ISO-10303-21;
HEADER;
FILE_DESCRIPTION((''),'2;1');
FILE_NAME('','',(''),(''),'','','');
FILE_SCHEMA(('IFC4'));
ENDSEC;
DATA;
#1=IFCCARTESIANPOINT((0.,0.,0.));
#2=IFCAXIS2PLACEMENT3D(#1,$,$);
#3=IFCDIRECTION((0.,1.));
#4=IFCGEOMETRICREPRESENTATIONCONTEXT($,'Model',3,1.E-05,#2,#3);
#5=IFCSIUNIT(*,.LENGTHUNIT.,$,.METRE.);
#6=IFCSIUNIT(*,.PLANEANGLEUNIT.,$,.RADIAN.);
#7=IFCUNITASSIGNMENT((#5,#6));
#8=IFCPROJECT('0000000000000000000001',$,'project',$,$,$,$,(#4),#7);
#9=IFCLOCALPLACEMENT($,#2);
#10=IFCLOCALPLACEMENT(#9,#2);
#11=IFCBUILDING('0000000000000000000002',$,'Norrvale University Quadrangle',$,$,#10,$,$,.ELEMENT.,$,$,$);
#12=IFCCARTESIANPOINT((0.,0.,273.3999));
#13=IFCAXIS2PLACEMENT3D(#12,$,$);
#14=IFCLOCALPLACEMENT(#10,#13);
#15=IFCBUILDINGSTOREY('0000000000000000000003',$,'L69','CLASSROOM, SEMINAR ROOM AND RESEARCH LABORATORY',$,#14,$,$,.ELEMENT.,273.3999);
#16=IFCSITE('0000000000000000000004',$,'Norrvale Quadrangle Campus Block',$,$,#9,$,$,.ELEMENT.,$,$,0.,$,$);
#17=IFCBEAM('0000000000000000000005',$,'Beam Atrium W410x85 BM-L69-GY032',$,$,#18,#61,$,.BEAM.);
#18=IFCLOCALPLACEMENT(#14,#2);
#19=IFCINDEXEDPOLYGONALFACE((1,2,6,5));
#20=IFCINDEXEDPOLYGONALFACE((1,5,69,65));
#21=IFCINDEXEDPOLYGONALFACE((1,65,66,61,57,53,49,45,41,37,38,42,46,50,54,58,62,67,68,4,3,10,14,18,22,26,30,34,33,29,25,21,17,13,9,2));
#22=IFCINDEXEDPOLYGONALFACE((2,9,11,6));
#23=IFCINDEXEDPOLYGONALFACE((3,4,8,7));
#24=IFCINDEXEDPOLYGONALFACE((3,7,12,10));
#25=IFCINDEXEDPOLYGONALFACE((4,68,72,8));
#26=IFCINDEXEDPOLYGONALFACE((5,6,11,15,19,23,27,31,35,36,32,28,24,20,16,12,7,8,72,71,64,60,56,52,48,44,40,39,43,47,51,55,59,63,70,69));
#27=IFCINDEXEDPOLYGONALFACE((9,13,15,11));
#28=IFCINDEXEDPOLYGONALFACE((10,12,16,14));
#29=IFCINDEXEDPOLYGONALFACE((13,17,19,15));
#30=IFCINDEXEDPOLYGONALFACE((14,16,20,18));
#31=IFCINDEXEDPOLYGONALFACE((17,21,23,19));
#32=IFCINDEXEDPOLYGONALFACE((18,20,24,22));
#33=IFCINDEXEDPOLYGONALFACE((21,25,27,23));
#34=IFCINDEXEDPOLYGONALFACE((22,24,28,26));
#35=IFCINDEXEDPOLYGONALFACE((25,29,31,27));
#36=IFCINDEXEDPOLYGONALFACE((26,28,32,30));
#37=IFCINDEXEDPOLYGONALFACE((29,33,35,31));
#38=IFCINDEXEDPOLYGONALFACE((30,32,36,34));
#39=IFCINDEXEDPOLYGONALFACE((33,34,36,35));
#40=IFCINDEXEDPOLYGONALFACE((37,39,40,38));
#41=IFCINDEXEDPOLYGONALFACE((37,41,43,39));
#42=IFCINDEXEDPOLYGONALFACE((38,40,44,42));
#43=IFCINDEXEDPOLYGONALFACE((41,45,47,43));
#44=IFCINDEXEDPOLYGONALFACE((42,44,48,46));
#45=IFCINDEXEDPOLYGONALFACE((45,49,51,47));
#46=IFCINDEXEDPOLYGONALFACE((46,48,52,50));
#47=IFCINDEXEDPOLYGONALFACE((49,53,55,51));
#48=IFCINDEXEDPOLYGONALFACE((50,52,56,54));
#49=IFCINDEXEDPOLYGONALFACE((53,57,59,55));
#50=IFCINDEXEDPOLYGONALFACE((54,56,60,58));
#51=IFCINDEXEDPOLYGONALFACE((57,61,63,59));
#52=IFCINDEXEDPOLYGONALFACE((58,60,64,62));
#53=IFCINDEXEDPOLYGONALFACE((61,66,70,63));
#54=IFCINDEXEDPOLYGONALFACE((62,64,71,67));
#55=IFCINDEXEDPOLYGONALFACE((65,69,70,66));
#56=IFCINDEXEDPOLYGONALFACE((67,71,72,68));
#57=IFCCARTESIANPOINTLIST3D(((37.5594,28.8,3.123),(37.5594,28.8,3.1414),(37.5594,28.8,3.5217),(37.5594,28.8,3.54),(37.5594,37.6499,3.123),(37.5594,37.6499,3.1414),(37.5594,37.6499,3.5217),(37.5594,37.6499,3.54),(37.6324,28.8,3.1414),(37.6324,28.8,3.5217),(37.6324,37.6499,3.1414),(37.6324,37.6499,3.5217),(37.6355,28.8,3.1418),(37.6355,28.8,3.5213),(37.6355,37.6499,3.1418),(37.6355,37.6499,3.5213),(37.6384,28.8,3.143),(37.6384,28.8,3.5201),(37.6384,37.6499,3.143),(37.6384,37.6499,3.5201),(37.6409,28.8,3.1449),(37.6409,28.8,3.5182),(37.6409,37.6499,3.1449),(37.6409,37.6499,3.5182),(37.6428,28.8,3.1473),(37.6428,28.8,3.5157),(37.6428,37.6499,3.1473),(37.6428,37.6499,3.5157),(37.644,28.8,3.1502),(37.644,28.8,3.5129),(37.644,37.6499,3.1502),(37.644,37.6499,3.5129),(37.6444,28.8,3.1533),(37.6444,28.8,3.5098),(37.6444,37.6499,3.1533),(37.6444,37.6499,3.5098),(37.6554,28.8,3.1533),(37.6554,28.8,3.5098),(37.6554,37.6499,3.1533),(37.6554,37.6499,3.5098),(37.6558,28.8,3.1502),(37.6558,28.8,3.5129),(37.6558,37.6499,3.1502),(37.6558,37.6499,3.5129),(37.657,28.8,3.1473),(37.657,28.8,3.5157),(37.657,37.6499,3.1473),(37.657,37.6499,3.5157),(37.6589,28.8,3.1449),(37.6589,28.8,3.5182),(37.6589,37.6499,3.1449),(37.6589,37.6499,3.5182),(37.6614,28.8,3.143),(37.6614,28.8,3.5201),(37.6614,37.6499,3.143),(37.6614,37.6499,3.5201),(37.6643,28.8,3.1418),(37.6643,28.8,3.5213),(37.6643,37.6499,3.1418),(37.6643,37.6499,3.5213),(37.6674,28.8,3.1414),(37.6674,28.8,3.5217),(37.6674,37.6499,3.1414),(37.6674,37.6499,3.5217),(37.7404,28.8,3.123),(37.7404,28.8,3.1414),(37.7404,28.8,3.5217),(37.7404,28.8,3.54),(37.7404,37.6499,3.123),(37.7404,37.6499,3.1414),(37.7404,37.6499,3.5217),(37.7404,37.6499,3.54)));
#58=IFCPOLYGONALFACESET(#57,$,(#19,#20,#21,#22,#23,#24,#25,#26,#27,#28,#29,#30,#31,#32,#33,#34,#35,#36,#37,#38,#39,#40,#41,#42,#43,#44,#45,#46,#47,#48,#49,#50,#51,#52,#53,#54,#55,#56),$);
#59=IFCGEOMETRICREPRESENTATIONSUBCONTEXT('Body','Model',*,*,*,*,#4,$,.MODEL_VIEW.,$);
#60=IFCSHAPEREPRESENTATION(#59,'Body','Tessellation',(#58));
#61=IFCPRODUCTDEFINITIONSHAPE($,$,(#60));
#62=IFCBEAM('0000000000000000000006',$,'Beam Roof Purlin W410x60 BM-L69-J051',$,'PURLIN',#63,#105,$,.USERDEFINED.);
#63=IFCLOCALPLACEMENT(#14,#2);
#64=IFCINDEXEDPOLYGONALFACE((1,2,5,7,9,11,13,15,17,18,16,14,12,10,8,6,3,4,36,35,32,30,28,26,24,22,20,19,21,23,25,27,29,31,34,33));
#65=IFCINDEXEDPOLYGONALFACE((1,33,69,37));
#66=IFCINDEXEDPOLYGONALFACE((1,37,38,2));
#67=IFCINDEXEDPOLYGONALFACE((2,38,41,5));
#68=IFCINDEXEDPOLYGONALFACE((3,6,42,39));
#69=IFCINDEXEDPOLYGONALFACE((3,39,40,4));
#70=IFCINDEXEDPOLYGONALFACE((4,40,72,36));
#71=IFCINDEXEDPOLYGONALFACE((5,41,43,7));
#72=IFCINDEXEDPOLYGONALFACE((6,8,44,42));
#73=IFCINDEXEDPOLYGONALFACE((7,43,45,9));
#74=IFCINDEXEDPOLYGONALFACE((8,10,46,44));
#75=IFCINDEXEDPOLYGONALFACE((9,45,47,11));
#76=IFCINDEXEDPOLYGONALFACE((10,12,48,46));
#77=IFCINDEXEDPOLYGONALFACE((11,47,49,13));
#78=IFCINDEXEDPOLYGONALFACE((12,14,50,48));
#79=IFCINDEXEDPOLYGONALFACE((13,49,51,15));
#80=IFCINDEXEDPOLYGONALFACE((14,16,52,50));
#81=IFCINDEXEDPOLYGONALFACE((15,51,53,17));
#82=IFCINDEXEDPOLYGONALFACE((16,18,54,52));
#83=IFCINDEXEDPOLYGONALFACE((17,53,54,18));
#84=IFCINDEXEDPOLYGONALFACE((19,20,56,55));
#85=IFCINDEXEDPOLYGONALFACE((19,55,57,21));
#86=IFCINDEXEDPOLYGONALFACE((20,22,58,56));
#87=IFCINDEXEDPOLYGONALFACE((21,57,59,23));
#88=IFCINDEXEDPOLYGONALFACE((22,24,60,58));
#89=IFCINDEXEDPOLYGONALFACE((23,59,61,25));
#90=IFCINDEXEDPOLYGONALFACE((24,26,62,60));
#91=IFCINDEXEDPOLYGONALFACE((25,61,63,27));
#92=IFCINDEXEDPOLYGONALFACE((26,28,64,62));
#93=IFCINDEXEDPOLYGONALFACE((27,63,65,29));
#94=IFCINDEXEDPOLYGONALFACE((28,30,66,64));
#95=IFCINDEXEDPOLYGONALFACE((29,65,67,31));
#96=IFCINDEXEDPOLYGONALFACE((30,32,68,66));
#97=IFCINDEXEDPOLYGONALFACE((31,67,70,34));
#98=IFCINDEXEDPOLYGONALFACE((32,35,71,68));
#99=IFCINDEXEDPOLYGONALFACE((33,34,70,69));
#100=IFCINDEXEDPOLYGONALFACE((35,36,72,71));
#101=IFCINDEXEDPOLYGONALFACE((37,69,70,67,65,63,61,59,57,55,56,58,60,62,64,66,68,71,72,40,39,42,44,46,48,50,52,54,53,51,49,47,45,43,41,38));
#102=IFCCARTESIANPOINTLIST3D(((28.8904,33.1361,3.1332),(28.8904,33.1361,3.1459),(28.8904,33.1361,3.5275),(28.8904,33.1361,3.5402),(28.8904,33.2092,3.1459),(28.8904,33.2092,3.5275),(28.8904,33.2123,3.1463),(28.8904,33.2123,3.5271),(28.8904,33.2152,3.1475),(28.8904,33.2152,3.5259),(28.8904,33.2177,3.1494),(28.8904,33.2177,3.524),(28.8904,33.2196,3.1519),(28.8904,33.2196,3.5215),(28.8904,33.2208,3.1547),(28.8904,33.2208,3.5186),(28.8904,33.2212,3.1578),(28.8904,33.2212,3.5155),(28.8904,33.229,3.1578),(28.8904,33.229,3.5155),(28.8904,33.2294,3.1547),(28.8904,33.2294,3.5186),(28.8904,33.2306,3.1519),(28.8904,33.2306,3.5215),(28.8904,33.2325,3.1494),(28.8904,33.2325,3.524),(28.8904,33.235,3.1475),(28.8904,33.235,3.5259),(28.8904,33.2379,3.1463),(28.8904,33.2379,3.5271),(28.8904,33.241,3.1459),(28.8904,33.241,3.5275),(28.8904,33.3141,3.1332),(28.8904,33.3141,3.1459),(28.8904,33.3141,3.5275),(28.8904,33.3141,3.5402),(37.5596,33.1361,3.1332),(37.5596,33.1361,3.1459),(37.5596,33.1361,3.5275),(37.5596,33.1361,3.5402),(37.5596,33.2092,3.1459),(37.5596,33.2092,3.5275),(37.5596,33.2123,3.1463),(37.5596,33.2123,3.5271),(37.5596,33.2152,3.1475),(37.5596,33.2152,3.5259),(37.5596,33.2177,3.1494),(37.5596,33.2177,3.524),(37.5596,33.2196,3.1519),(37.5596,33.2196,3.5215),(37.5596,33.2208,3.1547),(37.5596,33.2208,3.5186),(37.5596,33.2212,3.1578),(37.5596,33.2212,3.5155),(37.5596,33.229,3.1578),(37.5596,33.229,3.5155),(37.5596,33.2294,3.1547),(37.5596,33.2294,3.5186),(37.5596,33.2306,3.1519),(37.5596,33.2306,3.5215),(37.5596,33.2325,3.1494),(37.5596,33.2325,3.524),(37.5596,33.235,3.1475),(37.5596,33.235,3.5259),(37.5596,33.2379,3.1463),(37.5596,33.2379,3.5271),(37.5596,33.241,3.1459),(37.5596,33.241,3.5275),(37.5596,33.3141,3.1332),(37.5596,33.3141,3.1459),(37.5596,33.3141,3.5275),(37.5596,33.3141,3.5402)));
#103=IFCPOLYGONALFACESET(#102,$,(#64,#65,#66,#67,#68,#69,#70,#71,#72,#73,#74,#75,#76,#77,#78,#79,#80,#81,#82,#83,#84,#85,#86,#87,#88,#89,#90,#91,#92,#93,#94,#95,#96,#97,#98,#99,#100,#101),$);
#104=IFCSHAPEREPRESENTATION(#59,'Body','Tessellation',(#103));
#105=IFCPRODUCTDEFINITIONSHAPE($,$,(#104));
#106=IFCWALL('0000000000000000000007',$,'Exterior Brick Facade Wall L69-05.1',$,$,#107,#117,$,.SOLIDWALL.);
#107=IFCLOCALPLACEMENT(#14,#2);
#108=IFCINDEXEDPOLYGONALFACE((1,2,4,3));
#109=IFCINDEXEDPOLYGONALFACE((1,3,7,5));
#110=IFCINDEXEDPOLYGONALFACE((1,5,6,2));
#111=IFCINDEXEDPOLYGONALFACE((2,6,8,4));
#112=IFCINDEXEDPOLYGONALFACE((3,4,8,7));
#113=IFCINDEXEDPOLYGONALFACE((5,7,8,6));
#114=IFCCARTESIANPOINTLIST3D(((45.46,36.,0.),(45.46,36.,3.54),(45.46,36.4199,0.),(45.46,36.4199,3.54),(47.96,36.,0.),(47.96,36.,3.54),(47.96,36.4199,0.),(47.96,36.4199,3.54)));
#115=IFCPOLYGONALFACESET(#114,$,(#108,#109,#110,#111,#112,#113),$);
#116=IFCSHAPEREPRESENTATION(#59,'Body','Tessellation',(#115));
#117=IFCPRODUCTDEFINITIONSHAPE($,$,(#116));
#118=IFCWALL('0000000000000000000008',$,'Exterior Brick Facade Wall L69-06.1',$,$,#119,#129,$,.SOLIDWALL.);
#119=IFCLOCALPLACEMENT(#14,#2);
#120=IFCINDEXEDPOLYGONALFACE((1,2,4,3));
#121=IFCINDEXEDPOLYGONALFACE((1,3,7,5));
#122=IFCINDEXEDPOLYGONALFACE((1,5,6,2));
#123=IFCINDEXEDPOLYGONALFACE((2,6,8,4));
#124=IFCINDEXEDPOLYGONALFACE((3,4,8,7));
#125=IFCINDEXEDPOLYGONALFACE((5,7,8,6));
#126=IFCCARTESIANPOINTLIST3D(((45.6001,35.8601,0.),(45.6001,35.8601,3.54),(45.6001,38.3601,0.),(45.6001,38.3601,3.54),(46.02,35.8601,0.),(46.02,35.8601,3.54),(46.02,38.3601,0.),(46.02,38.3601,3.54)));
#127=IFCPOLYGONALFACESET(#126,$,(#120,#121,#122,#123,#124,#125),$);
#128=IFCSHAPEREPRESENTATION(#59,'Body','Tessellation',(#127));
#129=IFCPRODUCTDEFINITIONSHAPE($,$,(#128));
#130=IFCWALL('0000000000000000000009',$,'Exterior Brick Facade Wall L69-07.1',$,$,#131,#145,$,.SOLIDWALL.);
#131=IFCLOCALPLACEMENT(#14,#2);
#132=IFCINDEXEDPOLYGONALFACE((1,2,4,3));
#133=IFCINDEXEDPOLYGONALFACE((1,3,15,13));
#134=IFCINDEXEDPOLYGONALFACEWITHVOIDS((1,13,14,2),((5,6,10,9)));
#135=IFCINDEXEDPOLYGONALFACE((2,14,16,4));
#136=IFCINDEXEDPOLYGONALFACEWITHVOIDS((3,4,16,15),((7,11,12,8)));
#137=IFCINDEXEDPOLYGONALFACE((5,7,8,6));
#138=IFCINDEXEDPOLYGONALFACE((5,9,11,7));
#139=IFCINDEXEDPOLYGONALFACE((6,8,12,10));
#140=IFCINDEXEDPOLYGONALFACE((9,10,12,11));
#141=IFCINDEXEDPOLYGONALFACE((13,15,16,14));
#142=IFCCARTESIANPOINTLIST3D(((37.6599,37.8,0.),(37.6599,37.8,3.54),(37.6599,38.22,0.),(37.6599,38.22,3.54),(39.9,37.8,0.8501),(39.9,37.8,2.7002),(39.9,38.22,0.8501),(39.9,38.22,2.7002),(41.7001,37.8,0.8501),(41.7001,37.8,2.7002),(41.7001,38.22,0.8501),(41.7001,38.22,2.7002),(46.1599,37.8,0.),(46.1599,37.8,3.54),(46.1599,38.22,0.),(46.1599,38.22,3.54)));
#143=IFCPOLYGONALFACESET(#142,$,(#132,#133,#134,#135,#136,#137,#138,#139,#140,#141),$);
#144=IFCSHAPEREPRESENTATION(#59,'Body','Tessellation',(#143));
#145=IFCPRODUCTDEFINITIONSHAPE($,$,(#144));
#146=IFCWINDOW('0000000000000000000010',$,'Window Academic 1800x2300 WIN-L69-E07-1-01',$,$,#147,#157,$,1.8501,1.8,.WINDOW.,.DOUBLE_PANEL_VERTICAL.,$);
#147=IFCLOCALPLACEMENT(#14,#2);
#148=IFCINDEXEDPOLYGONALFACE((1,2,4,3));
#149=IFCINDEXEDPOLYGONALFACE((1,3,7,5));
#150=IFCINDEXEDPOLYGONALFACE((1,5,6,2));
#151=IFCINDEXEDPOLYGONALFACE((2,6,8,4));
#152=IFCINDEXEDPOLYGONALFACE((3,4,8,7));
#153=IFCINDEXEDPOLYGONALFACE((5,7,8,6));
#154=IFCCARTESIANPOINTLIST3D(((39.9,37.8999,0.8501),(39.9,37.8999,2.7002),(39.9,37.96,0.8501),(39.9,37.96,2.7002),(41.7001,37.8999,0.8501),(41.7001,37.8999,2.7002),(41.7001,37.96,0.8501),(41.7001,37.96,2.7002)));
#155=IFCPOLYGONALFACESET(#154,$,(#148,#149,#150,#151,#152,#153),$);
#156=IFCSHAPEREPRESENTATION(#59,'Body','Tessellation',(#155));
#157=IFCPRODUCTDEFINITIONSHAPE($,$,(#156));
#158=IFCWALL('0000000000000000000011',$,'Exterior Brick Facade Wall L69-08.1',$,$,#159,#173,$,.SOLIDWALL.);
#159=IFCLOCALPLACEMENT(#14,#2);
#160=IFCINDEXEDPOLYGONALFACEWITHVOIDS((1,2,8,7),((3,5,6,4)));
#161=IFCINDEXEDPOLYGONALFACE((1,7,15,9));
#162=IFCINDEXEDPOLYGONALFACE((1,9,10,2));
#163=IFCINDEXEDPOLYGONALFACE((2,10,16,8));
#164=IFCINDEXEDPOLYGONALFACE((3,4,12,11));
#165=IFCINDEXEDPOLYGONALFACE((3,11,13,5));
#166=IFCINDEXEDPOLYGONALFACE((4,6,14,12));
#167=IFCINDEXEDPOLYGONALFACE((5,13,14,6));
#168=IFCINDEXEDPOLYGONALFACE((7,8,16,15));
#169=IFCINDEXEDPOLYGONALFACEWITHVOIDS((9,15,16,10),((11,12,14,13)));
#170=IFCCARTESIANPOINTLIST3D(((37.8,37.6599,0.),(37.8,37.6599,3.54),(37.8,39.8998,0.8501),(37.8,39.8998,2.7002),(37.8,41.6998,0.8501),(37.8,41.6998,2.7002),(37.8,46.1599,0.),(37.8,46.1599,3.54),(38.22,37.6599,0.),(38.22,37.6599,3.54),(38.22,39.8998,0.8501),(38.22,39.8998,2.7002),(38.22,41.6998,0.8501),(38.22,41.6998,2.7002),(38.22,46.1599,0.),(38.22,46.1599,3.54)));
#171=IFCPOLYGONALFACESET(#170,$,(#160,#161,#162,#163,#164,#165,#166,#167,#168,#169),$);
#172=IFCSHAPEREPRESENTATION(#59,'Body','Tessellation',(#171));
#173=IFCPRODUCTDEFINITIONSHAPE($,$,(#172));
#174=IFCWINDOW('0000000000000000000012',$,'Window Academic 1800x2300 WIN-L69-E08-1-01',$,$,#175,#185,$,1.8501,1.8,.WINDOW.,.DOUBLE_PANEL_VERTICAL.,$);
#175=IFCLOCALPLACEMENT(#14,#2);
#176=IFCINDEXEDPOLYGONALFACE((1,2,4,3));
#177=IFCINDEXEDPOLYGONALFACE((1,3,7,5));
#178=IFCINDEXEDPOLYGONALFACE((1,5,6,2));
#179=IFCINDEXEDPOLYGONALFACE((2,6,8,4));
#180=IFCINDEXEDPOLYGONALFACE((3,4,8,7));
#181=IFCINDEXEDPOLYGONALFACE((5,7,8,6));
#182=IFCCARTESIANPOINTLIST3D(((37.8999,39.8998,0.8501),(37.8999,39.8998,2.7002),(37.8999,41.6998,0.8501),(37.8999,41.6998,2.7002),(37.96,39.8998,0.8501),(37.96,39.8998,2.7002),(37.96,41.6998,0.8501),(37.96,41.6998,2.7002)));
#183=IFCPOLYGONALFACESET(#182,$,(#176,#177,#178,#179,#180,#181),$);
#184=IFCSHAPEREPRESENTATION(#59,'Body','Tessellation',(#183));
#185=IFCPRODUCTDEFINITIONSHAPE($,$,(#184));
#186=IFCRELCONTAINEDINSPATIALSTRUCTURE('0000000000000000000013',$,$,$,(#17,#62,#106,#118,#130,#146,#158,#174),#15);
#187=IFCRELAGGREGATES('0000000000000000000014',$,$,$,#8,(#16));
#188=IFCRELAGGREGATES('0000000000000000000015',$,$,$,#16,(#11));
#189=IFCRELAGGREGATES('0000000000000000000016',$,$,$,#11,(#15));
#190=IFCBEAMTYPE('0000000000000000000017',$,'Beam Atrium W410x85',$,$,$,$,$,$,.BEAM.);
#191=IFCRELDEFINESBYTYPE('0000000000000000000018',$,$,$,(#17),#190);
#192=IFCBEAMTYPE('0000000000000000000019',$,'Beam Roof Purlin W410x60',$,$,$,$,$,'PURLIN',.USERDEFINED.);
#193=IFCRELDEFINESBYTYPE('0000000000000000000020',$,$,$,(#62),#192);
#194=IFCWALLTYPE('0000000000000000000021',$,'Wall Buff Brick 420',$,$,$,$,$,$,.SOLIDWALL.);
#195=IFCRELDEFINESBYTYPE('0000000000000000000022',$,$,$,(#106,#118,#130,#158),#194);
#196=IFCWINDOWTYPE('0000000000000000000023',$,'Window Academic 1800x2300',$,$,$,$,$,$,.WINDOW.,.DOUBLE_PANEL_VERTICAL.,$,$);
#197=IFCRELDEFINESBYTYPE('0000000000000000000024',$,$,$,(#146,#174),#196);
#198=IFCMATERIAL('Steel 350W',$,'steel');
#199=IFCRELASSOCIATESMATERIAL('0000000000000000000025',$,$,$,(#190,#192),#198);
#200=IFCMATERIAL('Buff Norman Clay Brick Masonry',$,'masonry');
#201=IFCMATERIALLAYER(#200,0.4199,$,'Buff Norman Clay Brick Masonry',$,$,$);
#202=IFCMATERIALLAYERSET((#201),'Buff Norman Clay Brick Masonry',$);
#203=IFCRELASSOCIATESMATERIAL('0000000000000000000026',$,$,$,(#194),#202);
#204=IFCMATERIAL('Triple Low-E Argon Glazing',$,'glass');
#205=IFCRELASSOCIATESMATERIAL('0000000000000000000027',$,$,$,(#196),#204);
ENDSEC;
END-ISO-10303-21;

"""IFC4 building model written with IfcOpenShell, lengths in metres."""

from ifc_helpers import new_model, si_unit, direction, frame, frame_2d, origin, origin_2d, place, context, subcontext, project, spatial, rectangle, i_section, extrude, material, layer, layer_set, material_profile, profile_set, type_object, element, fill, save


model = new_model("IFC4")

# Units and contexts
model_context = context("Model", 3, precision=1e-05, world=origin(), true_north=direction((0.0, 1.0)))
body_context = subcontext(model_context, "Body", "Model", "MODEL_VIEW")
ifc_project = project(units=[si_unit("LENGTHUNIT", "METRE"), si_unit("PLANEANGLEUNIT", "RADIAN")], contexts=[model_context])

# Site, building, storey
site_placement = place(None, origin())
site = spatial("IfcSite", under=ifc_project, at=site_placement, Name="Norrvale Quadrangle Campus Block", CompositionType="ELEMENT", RefElevation=0.0)
building_placement = place(site_placement, origin())
building = spatial("IfcBuilding", under=site, at=building_placement, Name="Norrvale University Quadrangle", CompositionType="ELEMENT")
storey_placement = place(building_placement, frame((0.0, 0.0, 273.3999)))
storey = spatial("IfcBuildingStorey", under=building, at=storey_placement, Name="L69", Description="CLASSROOM, SEMINAR ROOM AND RESEARCH LABORATORY", CompositionType="ELEMENT", Elevation=273.3999)

# Beams
ifc_material_1 = material(Name="Steel 350W", Category="steel")
ifc_material_profile_1 = material_profile(ifc_material_1, i_section(OverallWidth=0.1809, OverallDepth=0.417, WebThickness=0.011, FlangeThickness=0.0183, FilletRadius=0.012, at=origin_2d()), Name="Steel 350W")
ifc_profile_set_1 = profile_set([ifc_material_profile_1], Name="Steel 350W")
beam_type_1 = type_object("IfcBeamType", Name="Beam Atrium W410x85", PredefinedType="BEAM", material=ifc_profile_set_1)
beam_1_placement = place(storey_placement, frame((37.6499, 28.8, 3.3315), z_axis=(0.0, 1.0, 0.0), x_axis=(-1.0, 0.0, 0.0)))
element("IfcBeam", 1, at=beam_1_placement, inside=storey, type_object=beam_type_1, Name="Beam Atrium W410x85 BM-L69-GY032", PredefinedType="BEAM", context=body_context, shape_type="SweptSolid", body=[
    extrude(i_section(OverallWidth=0.1809, OverallDepth=0.417, WebThickness=0.011, FlangeThickness=0.0183, FilletRadius=0.012, at=origin_2d()), origin(), (0.0, 0.0, 1.0), 8.8499),
])
ifc_material_profile_2 = material_profile(ifc_material_1, i_section(OverallWidth=0.178, OverallDepth=0.407, WebThickness=0.0078, FlangeThickness=0.0127, FilletRadius=0.012, at=origin_2d()), Name="Steel 350W")
ifc_profile_set_2 = profile_set([ifc_material_profile_2], Name="Steel 350W")
beam_type_2 = type_object("IfcBeamType", Name="Beam Roof Purlin W410x60", ElementType="PURLIN", PredefinedType="USERDEFINED", material=ifc_profile_set_2)
beam_2_placement = place(storey_placement, frame((28.8904, 33.2251, 3.3367), z_axis=(1.0, 0.0, 0.0), x_axis=(0.0, 1.0, 0.0)))
element("IfcBeam", 2, at=beam_2_placement, inside=storey, type_object=beam_type_2, Name="Beam Roof Purlin W410x60 BM-L69-J051", ObjectType="PURLIN", PredefinedType="USERDEFINED", context=body_context, shape_type="SweptSolid", body=[
    extrude(i_section(OverallWidth=0.178, OverallDepth=0.407, WebThickness=0.0078, FlangeThickness=0.0127, FilletRadius=0.012, at=origin_2d()), origin(), (0.0, 0.0, 1.0), 8.6692),
])

# Walls
ifc_material_2 = material(Name="Buff Norman Clay Brick Masonry", Category="masonry")
ifc_layer = layer(ifc_material_2, 0.4199, Name="Buff Norman Clay Brick Masonry")
ifc_layer_set = layer_set([ifc_layer], Name="Buff Norman Clay Brick Masonry")
wall_type = type_object("IfcWallType", Name="Wall Buff Brick 420", PredefinedType="SOLIDWALL", material=ifc_layer_set)
for number, where, z_axis, x_axis, name in (
    (3, (47.96, 36.21, 0.0), (0.0, 0.0, 1.0), (-1.0, 0.0, 0.0), "Exterior Brick Facade Wall L69-05.1"),
    (4, (45.8101, 35.8601, 0.0), (0.0, 0.0, 1.0), (0.0, 1.0, 0.0), "Exterior Brick Facade Wall L69-06.1"),
):
    element("IfcWall", number, at=place(storey_placement, frame(where, z_axis=z_axis, x_axis=x_axis)), inside=storey, type_object=wall_type, Name=name, PredefinedType="SOLIDWALL", context=body_context, shape_type="SweptSolid", body=[
        extrude(rectangle(XDim=2.5, YDim=0.4199, at=frame_2d((1.25, 0.0))), origin(), (0.0, 0.0, 1.0), 3.54),
    ])

# Walls, openings, windows
wall_1_placement = place(storey_placement, frame((46.1599, 38.01, 0.0), z_axis=(0.0, 0.0, 1.0), x_axis=(-1.0, 0.0, 0.0)))
wall_1 = element("IfcWall", 5, at=wall_1_placement, inside=storey, type_object=wall_type, Name="Exterior Brick Facade Wall L69-07.1", PredefinedType="SOLIDWALL", context=body_context, shape_type="SweptSolid", body=[
    extrude(rectangle(XDim=8.5, YDim=0.4199, at=frame_2d((4.25, 0.0))), origin(), (0.0, 0.0, 1.0), 3.54),
])
opening_1_placement = place(wall_1_placement, frame((4.46, 0.0, 0.8501)))
opening_1 = element("IfcOpeningElement", 6, at=opening_1_placement, cuts=wall_1, PredefinedType="OPENING", context=body_context, shape_type="SweptSolid", body=[
    extrude(rectangle(XDim=1.8, YDim=1.8501, at=frame_2d((0.8999, 0.925))), frame((0.0, 0.2219, 0.0), z_axis=(0.0, -1.0, 0.0), x_axis=(1.0, 0.0, 0.0)), (0.0, 0.0, 1.0), 0.4438),
])
ifc_material_3 = material(Name="Triple Low-E Argon Glazing", Category="glass")
window_type_1 = type_object("IfcWindowType", Name="Window Academic 1800x2300", PartitioningType="DOUBLE_PANEL_VERTICAL", PredefinedType="WINDOW", material=ifc_material_3)
window_1_placement = place(opening_1_placement, origin())
window_1 = element("IfcWindow", 7, at=window_1_placement, inside=storey, type_object=window_type_1, Name="Window Academic 1800x2300 WIN-L69-E07-1-01", OverallHeight=1.8501, OverallWidth=1.8, PartitioningType="DOUBLE_PANEL_VERTICAL", PredefinedType="WINDOW", context=body_context, shape_type="SweptSolid", body=[
    extrude(rectangle(XDim=1.8, YDim=1.8501, at=frame_2d((0.8999, 0.925))), frame((0.0, 0.1101, 0.0), z_axis=(0.0, -1.0, 0.0), x_axis=(1.0, 0.0, 0.0)), (0.0, 0.0, 1.0), 0.0601),
])
fill(opening_1, window_1)
wall_2_placement = place(storey_placement, frame((38.01, 37.6599, 0.0), z_axis=(0.0, 0.0, 1.0), x_axis=(0.0, 1.0, 0.0)))
wall_2 = element("IfcWall", 8, at=wall_2_placement, inside=storey, type_object=wall_type, Name="Exterior Brick Facade Wall L69-08.1", PredefinedType="SOLIDWALL", context=body_context, shape_type="SweptSolid", body=[
    extrude(rectangle(XDim=8.5, YDim=0.4199, at=frame_2d((4.25, 0.0))), origin(), (0.0, 0.0, 1.0), 3.54),
])
opening_2_placement = place(wall_2_placement, frame((2.24, 0.0, 0.8501)))
opening_2 = element("IfcOpeningElement", 9, at=opening_2_placement, cuts=wall_2, PredefinedType="OPENING", context=body_context, shape_type="SweptSolid", body=[
    extrude(rectangle(XDim=1.8, YDim=1.8501, at=frame_2d((0.8999, 0.925))), frame((0.0, 0.2219, 0.0), z_axis=(0.0, -1.0, 0.0), x_axis=(1.0, 0.0, 0.0)), (0.0, 0.0, 1.0), 0.4438),
])
window_2_placement = place(opening_2_placement, origin())
window_2 = element("IfcWindow", 10, at=window_2_placement, inside=storey, type_object=window_type_1, Name="Window Academic 1800x2300 WIN-L69-E08-1-01", OverallHeight=1.8501, OverallWidth=1.8, PartitioningType="DOUBLE_PANEL_VERTICAL", PredefinedType="WINDOW", context=body_context, shape_type="SweptSolid", body=[
    extrude(rectangle(XDim=1.8, YDim=1.8501, at=frame_2d((0.8999, 0.925))), frame((0.0, 0.1101, 0.0), z_axis=(0.0, -1.0, 0.0), x_axis=(1.0, 0.0, 0.0)), (0.0, 0.0, 1.0), 0.0601),
])
fill(opening_2, window_2)

save(model, "model.ifc")
